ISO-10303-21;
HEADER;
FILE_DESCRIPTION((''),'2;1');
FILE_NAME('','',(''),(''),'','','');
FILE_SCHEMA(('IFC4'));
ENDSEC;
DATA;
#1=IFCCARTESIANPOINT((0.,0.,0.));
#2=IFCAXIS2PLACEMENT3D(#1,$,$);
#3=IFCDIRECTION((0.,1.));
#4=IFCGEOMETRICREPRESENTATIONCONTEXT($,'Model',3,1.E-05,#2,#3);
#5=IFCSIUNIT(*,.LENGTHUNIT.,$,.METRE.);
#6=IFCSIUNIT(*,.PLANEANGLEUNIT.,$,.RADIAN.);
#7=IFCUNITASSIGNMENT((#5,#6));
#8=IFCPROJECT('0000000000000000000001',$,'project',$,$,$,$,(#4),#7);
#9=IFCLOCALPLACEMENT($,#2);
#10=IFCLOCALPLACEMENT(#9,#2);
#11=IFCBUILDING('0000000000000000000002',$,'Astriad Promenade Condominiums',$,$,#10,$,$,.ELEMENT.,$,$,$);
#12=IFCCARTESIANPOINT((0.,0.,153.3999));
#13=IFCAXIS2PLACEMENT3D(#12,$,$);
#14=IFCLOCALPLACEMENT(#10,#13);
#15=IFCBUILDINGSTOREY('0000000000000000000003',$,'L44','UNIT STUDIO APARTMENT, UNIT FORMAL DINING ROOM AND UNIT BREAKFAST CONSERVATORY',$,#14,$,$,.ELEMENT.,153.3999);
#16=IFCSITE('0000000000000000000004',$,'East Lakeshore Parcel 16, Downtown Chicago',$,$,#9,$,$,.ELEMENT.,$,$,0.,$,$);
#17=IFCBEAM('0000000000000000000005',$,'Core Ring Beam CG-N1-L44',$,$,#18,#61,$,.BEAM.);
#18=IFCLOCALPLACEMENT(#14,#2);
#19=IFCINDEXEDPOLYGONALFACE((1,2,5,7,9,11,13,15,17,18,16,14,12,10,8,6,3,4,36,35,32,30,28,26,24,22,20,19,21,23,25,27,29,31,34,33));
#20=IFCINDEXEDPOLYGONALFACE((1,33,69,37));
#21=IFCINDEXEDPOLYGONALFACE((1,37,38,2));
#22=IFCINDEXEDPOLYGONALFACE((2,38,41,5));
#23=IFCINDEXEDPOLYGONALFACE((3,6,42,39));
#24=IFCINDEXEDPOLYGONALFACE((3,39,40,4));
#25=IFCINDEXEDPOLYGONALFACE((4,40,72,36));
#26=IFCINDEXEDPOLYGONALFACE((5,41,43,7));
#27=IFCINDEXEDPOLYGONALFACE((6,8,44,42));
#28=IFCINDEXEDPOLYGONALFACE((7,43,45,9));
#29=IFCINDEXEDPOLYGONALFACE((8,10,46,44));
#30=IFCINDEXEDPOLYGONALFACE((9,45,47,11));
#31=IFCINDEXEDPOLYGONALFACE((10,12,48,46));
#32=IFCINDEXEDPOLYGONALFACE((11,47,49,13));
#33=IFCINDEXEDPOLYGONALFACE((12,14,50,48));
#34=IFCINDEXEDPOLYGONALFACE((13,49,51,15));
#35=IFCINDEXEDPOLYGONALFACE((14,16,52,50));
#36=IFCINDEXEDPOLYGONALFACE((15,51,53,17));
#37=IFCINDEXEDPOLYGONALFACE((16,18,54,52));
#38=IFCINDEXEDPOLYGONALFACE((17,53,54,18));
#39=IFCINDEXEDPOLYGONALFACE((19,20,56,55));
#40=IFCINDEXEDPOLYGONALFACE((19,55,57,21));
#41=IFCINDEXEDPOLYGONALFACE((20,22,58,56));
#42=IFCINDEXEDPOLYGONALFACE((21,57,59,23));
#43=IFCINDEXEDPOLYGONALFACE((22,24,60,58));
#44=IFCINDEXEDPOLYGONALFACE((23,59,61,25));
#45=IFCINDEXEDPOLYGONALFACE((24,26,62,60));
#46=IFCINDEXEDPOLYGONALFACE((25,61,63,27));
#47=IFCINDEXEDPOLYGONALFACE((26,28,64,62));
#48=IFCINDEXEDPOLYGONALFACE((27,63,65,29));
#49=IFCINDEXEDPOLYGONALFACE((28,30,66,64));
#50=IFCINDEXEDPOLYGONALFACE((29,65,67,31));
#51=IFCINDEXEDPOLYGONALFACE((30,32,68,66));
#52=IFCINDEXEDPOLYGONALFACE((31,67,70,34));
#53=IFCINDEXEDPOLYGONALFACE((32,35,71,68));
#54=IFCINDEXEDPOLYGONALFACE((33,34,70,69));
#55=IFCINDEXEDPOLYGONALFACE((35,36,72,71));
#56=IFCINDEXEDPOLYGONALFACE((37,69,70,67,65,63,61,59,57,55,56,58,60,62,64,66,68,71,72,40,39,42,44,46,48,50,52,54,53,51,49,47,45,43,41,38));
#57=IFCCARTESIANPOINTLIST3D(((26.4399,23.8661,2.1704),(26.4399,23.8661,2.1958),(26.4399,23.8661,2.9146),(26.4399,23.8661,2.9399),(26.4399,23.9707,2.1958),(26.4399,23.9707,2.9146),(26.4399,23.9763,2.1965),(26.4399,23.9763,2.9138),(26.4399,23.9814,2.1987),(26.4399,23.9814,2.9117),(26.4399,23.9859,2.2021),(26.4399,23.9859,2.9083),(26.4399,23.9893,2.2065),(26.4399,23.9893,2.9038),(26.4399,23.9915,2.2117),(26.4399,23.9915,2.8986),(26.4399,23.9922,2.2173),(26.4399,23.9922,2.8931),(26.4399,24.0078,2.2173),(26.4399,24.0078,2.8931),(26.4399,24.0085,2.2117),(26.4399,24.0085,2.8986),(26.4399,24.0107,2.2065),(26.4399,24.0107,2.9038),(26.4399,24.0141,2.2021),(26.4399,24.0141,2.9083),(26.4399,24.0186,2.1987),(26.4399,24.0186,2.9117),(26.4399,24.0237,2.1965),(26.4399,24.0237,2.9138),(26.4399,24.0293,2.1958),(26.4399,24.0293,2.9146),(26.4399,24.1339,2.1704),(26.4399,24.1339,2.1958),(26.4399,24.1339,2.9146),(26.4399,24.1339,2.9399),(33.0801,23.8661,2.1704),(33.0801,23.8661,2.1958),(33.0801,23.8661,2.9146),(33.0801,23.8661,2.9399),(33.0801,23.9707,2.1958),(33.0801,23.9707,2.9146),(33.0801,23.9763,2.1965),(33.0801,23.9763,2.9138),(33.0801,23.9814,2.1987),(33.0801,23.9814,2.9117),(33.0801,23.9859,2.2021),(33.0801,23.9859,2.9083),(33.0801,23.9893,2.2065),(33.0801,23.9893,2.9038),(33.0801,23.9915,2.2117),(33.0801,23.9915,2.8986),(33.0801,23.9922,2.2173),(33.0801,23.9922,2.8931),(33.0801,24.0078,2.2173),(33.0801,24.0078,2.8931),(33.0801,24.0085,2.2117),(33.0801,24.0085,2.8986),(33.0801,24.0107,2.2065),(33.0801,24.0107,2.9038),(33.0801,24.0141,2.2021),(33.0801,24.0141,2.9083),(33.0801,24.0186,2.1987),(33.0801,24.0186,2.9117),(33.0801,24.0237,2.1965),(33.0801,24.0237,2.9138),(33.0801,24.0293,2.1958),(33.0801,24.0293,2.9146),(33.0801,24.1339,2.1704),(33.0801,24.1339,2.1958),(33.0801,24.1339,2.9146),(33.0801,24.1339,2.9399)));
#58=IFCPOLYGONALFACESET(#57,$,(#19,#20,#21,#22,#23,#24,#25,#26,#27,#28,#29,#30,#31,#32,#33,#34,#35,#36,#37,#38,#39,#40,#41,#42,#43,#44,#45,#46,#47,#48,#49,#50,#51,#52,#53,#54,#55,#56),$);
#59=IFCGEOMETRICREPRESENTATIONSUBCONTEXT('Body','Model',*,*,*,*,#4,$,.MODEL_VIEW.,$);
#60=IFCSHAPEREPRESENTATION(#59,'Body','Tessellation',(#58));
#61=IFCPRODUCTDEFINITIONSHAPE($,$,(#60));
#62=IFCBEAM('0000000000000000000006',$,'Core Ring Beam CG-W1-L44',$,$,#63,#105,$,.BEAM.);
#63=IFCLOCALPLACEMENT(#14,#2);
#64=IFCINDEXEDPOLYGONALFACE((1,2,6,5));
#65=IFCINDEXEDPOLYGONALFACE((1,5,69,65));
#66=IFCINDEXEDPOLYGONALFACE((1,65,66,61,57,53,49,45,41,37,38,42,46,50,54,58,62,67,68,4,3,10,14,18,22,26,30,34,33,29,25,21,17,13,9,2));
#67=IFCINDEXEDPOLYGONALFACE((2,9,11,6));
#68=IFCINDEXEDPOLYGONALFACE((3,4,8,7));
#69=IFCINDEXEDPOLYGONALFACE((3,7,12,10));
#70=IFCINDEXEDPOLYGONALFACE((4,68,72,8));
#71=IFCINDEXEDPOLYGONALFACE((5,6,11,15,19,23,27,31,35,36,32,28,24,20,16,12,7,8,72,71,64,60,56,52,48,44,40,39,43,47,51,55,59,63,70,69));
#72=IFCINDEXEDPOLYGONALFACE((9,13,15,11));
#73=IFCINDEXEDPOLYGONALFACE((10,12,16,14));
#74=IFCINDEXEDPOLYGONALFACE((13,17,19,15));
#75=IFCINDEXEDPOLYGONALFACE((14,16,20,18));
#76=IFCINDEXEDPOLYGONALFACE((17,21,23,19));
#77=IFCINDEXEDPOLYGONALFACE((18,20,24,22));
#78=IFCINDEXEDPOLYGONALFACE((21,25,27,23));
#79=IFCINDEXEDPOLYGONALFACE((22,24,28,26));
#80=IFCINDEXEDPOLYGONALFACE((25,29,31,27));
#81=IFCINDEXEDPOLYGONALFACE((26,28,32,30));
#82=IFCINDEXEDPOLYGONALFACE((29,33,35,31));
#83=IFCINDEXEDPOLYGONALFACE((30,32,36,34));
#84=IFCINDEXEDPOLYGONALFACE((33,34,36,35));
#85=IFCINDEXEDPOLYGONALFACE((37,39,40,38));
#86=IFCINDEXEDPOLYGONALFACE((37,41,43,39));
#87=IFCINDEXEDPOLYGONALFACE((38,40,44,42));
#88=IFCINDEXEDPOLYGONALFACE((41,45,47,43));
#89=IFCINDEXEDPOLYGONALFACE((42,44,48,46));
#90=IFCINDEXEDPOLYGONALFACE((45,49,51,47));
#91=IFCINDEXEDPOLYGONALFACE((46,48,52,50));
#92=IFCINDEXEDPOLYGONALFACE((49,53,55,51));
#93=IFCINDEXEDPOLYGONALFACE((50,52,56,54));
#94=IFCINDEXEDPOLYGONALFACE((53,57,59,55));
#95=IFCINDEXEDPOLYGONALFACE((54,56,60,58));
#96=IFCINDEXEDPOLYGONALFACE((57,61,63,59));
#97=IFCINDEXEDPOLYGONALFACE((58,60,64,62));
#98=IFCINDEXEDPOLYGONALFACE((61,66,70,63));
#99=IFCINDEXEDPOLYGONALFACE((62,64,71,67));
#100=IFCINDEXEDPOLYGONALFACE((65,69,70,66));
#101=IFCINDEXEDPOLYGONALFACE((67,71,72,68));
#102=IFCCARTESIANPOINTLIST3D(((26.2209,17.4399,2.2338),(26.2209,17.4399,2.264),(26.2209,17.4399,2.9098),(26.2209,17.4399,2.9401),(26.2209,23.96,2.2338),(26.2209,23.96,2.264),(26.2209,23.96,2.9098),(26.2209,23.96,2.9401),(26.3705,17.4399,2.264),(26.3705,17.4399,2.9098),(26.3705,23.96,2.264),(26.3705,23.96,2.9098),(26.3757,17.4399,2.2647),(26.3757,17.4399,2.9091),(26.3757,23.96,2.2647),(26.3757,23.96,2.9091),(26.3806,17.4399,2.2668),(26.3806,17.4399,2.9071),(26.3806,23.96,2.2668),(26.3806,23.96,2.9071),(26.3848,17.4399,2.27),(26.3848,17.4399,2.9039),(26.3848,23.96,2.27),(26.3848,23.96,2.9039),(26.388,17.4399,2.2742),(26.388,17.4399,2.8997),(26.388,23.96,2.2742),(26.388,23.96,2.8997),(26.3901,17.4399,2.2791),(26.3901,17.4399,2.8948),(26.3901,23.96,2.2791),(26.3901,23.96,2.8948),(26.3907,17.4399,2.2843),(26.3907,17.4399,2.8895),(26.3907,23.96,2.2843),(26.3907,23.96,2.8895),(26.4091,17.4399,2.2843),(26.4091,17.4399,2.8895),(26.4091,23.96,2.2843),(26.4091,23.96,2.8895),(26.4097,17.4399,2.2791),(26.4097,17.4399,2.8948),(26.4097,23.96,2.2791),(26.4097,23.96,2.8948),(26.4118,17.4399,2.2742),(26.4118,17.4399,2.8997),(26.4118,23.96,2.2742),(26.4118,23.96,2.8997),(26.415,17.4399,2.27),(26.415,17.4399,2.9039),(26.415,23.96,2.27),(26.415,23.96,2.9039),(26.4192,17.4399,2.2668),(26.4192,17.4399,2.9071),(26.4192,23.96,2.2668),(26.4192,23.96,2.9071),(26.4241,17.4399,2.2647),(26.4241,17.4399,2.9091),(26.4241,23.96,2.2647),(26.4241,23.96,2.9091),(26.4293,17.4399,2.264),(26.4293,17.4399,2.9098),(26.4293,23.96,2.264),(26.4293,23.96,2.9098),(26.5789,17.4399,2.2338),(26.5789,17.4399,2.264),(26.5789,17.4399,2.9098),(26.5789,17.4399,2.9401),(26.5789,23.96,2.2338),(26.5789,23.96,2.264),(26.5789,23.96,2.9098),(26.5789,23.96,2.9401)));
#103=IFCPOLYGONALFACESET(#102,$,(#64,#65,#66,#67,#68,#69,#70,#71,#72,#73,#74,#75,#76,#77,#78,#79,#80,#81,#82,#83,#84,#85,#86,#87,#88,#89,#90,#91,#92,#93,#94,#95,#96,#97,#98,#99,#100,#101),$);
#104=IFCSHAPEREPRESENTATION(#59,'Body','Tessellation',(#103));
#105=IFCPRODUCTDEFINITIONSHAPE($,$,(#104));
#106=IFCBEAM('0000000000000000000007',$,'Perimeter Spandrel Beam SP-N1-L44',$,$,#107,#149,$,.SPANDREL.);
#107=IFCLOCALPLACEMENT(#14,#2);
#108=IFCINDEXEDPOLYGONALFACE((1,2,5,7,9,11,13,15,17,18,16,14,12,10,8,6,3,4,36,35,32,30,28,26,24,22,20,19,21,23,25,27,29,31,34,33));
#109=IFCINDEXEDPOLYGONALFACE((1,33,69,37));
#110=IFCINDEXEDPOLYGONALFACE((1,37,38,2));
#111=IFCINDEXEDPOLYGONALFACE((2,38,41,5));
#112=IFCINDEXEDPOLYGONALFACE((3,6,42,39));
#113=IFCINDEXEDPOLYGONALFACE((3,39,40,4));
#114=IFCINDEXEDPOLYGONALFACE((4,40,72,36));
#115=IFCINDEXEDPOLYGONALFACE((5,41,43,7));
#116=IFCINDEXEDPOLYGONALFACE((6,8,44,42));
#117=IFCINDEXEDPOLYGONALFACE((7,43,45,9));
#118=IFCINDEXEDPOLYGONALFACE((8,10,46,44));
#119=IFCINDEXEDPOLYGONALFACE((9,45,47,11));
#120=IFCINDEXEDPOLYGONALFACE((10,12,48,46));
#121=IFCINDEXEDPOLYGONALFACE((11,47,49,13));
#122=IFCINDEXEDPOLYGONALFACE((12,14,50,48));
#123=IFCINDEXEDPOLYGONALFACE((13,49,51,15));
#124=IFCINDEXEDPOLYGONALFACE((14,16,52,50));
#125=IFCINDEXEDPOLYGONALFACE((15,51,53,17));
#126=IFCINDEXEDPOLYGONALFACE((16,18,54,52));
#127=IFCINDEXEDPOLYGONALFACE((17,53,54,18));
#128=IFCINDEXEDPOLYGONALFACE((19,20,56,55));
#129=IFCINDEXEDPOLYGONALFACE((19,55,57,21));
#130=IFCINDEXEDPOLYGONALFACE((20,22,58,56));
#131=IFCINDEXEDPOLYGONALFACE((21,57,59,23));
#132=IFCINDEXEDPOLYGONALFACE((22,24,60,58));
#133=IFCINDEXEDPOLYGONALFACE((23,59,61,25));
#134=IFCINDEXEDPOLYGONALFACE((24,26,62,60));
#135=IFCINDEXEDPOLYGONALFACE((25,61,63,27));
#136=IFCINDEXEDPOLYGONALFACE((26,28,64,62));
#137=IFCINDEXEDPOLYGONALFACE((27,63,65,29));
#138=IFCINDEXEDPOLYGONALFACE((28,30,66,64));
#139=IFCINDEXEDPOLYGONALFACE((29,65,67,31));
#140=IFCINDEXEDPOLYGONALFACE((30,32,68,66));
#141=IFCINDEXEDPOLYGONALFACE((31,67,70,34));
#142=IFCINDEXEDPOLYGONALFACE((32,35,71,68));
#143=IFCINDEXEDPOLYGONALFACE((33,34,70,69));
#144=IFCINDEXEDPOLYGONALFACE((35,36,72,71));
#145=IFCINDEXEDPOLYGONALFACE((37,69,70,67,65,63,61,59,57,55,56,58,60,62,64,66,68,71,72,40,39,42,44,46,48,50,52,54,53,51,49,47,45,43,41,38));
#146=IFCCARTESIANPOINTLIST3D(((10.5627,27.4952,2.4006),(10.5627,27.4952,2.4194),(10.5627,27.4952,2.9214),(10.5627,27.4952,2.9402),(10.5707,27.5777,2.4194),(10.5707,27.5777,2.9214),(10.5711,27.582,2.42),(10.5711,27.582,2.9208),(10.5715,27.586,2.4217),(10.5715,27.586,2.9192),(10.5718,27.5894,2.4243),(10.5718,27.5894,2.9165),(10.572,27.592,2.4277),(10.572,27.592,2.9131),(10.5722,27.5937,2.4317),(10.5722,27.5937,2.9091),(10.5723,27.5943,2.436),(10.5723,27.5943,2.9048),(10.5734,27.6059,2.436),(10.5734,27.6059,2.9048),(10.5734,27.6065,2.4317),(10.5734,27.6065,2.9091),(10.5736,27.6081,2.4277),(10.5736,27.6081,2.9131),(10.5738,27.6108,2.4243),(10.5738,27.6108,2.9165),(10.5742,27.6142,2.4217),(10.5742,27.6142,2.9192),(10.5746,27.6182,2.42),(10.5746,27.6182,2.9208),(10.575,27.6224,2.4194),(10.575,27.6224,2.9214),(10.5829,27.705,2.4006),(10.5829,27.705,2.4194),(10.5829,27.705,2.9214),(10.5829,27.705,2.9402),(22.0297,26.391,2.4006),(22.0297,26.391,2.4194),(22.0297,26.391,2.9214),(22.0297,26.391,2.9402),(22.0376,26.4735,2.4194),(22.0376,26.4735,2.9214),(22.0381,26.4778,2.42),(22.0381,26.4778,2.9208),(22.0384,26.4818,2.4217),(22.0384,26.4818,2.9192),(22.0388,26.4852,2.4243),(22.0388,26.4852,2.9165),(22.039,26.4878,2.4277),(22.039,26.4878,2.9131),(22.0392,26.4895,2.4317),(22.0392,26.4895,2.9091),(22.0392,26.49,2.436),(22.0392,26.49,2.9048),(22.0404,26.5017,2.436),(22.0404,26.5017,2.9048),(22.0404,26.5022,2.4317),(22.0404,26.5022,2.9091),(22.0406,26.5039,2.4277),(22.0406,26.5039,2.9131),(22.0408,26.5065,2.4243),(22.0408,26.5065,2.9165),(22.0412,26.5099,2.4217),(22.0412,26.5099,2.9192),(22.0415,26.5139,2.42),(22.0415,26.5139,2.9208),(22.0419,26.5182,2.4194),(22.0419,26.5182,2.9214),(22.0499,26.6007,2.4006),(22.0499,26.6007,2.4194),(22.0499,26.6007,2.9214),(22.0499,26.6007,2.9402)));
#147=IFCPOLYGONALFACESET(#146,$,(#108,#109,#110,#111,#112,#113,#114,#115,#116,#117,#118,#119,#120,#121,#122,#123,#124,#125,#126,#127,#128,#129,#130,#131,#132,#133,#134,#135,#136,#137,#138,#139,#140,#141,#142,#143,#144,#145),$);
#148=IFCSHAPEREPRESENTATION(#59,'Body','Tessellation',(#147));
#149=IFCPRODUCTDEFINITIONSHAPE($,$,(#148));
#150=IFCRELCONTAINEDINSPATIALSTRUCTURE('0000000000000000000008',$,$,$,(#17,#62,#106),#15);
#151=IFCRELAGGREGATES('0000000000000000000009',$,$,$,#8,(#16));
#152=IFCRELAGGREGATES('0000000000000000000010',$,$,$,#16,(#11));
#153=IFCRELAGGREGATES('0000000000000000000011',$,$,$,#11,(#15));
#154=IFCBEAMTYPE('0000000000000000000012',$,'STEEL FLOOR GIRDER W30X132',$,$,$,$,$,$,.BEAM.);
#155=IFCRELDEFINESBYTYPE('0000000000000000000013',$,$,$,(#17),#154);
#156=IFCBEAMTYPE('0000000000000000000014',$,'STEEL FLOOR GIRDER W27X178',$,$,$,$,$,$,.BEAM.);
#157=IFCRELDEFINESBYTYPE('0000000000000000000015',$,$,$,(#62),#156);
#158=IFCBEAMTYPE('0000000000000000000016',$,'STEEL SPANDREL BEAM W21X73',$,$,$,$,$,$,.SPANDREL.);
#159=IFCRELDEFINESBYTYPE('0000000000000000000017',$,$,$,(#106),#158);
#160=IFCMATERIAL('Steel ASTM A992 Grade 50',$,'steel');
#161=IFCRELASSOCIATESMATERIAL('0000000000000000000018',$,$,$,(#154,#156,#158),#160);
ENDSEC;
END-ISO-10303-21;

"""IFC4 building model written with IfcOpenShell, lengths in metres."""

from ifc_helpers import new_model, si_unit, direction, frame, origin, origin_2d, place, context, subcontext, project, spatial, i_section, extrude, source, transform, mapped, material, material_profile, profile_set, type_object, type_shapes, element, save


model = new_model("IFC4")

# Units and contexts
model_context = context("Model", 3, precision=1e-05, world=origin(), true_north=direction((0.0, 1.0)))
body_context = subcontext(model_context, "Body", "Model", "MODEL_VIEW")
ifc_project = project(units=[si_unit("LENGTHUNIT", "METRE"), si_unit("PLANEANGLEUNIT", "RADIAN")], contexts=[model_context])

# Site, building, storey
site_placement = place(None, origin())
site = spatial("IfcSite", under=ifc_project, at=site_placement, Name="East Lakeshore Parcel 16, Downtown Chicago", CompositionType="ELEMENT", RefElevation=0.0)
building_placement = place(site_placement, origin())
building = spatial("IfcBuilding", under=site, at=building_placement, Name="Astriad Promenade Condominiums", CompositionType="ELEMENT")
storey_placement = place(building_placement, frame((0.0, 0.0, 153.3999)))
storey = spatial("IfcBuildingStorey", under=building, at=storey_placement, Name="L44", Description="UNIT STUDIO APARTMENT, UNIT FORMAL DINING ROOM AND UNIT BREAKFAST CONSERVATORY", CompositionType="ELEMENT", Elevation=153.3999)

# Shared definitions
ifc_material_1 = material(Name="Steel ASTM A992 Grade 50", Category="steel")

# Beams
ifc_material_profile_1 = material_profile(ifc_material_1, i_section(OverallWidth=0.2678, OverallDepth=0.7695, WebThickness=0.0156, FlangeThickness=0.0254, FilletRadius=0.0215, at=origin_2d()), Name="W30X132")
ifc_profile_set_1 = profile_set([ifc_material_profile_1], Name="Steel ASTM A992 Grade 50")
beam_type_1 = type_object("IfcBeamType", Name="STEEL FLOOR GIRDER W30X132", PredefinedType="BEAM", material=ifc_profile_set_1)
shared_shape_1 = source(origin(), body_context, "Body", "SweptSolid", [
    extrude(i_section(OverallWidth=0.2678, OverallDepth=0.7695, WebThickness=0.0156, FlangeThickness=0.0254, FilletRadius=0.0215, at=origin_2d()), origin(), (0.0, 0.0, 1.0), 6.6401),
])
type_shapes(beam_type_1, [shared_shape_1])
beam_1_placement = place(storey_placement, frame((26.4399, 24.0, 2.5552), z_axis=(1.0, 0.0, 0.0), x_axis=(0.0, 1.0, 0.0)))
element("IfcBeam", 1, at=beam_1_placement, inside=storey, type_object=beam_type_1, Name="Core Ring Beam CG-N1-L44", PredefinedType="BEAM", context=body_context, shape_type="MappedRepresentation", body=[
    mapped(shared_shape_1, transform((0.0, 0.0, 0.0), scale=1.0)),
])
ifc_material_profile_2 = material_profile(ifc_material_1, i_section(OverallWidth=0.3579, OverallDepth=0.7063, WebThickness=0.0183, FlangeThickness=0.0303, FilletRadius=0.0203, at=origin_2d()), Name="W27X178")
ifc_profile_set_2 = profile_set([ifc_material_profile_2], Name="Steel ASTM A992 Grade 50")
beam_type_2 = type_object("IfcBeamType", Name="STEEL FLOOR GIRDER W27X178", PredefinedType="BEAM", material=ifc_profile_set_2)
shared_shape_2 = source(origin(), body_context, "Body", "SweptSolid", [
    extrude(i_section(OverallWidth=0.3579, OverallDepth=0.7063, WebThickness=0.0183, FlangeThickness=0.0303, FilletRadius=0.0203, at=origin_2d()), origin(), (0.0, 0.0, 1.0), 6.52),
])
type_shapes(beam_type_2, [shared_shape_2])
beam_2_placement = place(storey_placement, frame((26.3999, 17.4399, 2.5869), z_axis=(0.0, 1.0, 0.0), x_axis=(-1.0, 0.0, 0.0)))
element("IfcBeam", 2, at=beam_2_placement, inside=storey, type_object=beam_type_2, Name="Core Ring Beam CG-W1-L44", PredefinedType="BEAM", context=body_context, shape_type="MappedRepresentation", body=[
    mapped(shared_shape_2, transform((0.0, 0.0, 0.0), scale=1.0)),
])
ifc_material_profile_3 = material_profile(ifc_material_1, i_section(OverallWidth=0.2107, OverallDepth=0.5396, WebThickness=0.0117, FlangeThickness=0.0188, FilletRadius=0.0166, at=origin_2d()), Name="W21X73")
ifc_profile_set_3 = profile_set([ifc_material_profile_3], Name="Steel ASTM A992 Grade 50")
beam_type_3 = type_object("IfcBeamType", Name="STEEL SPANDREL BEAM W21X73", PredefinedType="SPANDREL", material=ifc_profile_set_3)
shared_shape_3 = source(origin(), body_context, "Body", "SweptSolid", [
    extrude(i_section(OverallWidth=0.2107, OverallDepth=0.5396, WebThickness=0.0117, FlangeThickness=0.0188, FilletRadius=0.0166, at=origin_2d()), origin(), (0.0, 0.0, 1.0), 11.52),
])
type_shapes(beam_type_3, [shared_shape_3])
beam_3_placement = place(storey_placement, frame((22.0398, 26.4958, 2.6704), z_axis=(-0.995395, 0.095854, 0.0), x_axis=(-0.095854, -0.995395, 0.0)))
element("IfcBeam", 3, at=beam_3_placement, inside=storey, type_object=beam_type_3, Name="Perimeter Spandrel Beam SP-N1-L44", PredefinedType="SPANDREL", context=body_context, shape_type="MappedRepresentation", body=[
    mapped(shared_shape_3, transform((0.0, 0.0, 0.0), scale=1.0)),
])

save(model, "model.ifc")
